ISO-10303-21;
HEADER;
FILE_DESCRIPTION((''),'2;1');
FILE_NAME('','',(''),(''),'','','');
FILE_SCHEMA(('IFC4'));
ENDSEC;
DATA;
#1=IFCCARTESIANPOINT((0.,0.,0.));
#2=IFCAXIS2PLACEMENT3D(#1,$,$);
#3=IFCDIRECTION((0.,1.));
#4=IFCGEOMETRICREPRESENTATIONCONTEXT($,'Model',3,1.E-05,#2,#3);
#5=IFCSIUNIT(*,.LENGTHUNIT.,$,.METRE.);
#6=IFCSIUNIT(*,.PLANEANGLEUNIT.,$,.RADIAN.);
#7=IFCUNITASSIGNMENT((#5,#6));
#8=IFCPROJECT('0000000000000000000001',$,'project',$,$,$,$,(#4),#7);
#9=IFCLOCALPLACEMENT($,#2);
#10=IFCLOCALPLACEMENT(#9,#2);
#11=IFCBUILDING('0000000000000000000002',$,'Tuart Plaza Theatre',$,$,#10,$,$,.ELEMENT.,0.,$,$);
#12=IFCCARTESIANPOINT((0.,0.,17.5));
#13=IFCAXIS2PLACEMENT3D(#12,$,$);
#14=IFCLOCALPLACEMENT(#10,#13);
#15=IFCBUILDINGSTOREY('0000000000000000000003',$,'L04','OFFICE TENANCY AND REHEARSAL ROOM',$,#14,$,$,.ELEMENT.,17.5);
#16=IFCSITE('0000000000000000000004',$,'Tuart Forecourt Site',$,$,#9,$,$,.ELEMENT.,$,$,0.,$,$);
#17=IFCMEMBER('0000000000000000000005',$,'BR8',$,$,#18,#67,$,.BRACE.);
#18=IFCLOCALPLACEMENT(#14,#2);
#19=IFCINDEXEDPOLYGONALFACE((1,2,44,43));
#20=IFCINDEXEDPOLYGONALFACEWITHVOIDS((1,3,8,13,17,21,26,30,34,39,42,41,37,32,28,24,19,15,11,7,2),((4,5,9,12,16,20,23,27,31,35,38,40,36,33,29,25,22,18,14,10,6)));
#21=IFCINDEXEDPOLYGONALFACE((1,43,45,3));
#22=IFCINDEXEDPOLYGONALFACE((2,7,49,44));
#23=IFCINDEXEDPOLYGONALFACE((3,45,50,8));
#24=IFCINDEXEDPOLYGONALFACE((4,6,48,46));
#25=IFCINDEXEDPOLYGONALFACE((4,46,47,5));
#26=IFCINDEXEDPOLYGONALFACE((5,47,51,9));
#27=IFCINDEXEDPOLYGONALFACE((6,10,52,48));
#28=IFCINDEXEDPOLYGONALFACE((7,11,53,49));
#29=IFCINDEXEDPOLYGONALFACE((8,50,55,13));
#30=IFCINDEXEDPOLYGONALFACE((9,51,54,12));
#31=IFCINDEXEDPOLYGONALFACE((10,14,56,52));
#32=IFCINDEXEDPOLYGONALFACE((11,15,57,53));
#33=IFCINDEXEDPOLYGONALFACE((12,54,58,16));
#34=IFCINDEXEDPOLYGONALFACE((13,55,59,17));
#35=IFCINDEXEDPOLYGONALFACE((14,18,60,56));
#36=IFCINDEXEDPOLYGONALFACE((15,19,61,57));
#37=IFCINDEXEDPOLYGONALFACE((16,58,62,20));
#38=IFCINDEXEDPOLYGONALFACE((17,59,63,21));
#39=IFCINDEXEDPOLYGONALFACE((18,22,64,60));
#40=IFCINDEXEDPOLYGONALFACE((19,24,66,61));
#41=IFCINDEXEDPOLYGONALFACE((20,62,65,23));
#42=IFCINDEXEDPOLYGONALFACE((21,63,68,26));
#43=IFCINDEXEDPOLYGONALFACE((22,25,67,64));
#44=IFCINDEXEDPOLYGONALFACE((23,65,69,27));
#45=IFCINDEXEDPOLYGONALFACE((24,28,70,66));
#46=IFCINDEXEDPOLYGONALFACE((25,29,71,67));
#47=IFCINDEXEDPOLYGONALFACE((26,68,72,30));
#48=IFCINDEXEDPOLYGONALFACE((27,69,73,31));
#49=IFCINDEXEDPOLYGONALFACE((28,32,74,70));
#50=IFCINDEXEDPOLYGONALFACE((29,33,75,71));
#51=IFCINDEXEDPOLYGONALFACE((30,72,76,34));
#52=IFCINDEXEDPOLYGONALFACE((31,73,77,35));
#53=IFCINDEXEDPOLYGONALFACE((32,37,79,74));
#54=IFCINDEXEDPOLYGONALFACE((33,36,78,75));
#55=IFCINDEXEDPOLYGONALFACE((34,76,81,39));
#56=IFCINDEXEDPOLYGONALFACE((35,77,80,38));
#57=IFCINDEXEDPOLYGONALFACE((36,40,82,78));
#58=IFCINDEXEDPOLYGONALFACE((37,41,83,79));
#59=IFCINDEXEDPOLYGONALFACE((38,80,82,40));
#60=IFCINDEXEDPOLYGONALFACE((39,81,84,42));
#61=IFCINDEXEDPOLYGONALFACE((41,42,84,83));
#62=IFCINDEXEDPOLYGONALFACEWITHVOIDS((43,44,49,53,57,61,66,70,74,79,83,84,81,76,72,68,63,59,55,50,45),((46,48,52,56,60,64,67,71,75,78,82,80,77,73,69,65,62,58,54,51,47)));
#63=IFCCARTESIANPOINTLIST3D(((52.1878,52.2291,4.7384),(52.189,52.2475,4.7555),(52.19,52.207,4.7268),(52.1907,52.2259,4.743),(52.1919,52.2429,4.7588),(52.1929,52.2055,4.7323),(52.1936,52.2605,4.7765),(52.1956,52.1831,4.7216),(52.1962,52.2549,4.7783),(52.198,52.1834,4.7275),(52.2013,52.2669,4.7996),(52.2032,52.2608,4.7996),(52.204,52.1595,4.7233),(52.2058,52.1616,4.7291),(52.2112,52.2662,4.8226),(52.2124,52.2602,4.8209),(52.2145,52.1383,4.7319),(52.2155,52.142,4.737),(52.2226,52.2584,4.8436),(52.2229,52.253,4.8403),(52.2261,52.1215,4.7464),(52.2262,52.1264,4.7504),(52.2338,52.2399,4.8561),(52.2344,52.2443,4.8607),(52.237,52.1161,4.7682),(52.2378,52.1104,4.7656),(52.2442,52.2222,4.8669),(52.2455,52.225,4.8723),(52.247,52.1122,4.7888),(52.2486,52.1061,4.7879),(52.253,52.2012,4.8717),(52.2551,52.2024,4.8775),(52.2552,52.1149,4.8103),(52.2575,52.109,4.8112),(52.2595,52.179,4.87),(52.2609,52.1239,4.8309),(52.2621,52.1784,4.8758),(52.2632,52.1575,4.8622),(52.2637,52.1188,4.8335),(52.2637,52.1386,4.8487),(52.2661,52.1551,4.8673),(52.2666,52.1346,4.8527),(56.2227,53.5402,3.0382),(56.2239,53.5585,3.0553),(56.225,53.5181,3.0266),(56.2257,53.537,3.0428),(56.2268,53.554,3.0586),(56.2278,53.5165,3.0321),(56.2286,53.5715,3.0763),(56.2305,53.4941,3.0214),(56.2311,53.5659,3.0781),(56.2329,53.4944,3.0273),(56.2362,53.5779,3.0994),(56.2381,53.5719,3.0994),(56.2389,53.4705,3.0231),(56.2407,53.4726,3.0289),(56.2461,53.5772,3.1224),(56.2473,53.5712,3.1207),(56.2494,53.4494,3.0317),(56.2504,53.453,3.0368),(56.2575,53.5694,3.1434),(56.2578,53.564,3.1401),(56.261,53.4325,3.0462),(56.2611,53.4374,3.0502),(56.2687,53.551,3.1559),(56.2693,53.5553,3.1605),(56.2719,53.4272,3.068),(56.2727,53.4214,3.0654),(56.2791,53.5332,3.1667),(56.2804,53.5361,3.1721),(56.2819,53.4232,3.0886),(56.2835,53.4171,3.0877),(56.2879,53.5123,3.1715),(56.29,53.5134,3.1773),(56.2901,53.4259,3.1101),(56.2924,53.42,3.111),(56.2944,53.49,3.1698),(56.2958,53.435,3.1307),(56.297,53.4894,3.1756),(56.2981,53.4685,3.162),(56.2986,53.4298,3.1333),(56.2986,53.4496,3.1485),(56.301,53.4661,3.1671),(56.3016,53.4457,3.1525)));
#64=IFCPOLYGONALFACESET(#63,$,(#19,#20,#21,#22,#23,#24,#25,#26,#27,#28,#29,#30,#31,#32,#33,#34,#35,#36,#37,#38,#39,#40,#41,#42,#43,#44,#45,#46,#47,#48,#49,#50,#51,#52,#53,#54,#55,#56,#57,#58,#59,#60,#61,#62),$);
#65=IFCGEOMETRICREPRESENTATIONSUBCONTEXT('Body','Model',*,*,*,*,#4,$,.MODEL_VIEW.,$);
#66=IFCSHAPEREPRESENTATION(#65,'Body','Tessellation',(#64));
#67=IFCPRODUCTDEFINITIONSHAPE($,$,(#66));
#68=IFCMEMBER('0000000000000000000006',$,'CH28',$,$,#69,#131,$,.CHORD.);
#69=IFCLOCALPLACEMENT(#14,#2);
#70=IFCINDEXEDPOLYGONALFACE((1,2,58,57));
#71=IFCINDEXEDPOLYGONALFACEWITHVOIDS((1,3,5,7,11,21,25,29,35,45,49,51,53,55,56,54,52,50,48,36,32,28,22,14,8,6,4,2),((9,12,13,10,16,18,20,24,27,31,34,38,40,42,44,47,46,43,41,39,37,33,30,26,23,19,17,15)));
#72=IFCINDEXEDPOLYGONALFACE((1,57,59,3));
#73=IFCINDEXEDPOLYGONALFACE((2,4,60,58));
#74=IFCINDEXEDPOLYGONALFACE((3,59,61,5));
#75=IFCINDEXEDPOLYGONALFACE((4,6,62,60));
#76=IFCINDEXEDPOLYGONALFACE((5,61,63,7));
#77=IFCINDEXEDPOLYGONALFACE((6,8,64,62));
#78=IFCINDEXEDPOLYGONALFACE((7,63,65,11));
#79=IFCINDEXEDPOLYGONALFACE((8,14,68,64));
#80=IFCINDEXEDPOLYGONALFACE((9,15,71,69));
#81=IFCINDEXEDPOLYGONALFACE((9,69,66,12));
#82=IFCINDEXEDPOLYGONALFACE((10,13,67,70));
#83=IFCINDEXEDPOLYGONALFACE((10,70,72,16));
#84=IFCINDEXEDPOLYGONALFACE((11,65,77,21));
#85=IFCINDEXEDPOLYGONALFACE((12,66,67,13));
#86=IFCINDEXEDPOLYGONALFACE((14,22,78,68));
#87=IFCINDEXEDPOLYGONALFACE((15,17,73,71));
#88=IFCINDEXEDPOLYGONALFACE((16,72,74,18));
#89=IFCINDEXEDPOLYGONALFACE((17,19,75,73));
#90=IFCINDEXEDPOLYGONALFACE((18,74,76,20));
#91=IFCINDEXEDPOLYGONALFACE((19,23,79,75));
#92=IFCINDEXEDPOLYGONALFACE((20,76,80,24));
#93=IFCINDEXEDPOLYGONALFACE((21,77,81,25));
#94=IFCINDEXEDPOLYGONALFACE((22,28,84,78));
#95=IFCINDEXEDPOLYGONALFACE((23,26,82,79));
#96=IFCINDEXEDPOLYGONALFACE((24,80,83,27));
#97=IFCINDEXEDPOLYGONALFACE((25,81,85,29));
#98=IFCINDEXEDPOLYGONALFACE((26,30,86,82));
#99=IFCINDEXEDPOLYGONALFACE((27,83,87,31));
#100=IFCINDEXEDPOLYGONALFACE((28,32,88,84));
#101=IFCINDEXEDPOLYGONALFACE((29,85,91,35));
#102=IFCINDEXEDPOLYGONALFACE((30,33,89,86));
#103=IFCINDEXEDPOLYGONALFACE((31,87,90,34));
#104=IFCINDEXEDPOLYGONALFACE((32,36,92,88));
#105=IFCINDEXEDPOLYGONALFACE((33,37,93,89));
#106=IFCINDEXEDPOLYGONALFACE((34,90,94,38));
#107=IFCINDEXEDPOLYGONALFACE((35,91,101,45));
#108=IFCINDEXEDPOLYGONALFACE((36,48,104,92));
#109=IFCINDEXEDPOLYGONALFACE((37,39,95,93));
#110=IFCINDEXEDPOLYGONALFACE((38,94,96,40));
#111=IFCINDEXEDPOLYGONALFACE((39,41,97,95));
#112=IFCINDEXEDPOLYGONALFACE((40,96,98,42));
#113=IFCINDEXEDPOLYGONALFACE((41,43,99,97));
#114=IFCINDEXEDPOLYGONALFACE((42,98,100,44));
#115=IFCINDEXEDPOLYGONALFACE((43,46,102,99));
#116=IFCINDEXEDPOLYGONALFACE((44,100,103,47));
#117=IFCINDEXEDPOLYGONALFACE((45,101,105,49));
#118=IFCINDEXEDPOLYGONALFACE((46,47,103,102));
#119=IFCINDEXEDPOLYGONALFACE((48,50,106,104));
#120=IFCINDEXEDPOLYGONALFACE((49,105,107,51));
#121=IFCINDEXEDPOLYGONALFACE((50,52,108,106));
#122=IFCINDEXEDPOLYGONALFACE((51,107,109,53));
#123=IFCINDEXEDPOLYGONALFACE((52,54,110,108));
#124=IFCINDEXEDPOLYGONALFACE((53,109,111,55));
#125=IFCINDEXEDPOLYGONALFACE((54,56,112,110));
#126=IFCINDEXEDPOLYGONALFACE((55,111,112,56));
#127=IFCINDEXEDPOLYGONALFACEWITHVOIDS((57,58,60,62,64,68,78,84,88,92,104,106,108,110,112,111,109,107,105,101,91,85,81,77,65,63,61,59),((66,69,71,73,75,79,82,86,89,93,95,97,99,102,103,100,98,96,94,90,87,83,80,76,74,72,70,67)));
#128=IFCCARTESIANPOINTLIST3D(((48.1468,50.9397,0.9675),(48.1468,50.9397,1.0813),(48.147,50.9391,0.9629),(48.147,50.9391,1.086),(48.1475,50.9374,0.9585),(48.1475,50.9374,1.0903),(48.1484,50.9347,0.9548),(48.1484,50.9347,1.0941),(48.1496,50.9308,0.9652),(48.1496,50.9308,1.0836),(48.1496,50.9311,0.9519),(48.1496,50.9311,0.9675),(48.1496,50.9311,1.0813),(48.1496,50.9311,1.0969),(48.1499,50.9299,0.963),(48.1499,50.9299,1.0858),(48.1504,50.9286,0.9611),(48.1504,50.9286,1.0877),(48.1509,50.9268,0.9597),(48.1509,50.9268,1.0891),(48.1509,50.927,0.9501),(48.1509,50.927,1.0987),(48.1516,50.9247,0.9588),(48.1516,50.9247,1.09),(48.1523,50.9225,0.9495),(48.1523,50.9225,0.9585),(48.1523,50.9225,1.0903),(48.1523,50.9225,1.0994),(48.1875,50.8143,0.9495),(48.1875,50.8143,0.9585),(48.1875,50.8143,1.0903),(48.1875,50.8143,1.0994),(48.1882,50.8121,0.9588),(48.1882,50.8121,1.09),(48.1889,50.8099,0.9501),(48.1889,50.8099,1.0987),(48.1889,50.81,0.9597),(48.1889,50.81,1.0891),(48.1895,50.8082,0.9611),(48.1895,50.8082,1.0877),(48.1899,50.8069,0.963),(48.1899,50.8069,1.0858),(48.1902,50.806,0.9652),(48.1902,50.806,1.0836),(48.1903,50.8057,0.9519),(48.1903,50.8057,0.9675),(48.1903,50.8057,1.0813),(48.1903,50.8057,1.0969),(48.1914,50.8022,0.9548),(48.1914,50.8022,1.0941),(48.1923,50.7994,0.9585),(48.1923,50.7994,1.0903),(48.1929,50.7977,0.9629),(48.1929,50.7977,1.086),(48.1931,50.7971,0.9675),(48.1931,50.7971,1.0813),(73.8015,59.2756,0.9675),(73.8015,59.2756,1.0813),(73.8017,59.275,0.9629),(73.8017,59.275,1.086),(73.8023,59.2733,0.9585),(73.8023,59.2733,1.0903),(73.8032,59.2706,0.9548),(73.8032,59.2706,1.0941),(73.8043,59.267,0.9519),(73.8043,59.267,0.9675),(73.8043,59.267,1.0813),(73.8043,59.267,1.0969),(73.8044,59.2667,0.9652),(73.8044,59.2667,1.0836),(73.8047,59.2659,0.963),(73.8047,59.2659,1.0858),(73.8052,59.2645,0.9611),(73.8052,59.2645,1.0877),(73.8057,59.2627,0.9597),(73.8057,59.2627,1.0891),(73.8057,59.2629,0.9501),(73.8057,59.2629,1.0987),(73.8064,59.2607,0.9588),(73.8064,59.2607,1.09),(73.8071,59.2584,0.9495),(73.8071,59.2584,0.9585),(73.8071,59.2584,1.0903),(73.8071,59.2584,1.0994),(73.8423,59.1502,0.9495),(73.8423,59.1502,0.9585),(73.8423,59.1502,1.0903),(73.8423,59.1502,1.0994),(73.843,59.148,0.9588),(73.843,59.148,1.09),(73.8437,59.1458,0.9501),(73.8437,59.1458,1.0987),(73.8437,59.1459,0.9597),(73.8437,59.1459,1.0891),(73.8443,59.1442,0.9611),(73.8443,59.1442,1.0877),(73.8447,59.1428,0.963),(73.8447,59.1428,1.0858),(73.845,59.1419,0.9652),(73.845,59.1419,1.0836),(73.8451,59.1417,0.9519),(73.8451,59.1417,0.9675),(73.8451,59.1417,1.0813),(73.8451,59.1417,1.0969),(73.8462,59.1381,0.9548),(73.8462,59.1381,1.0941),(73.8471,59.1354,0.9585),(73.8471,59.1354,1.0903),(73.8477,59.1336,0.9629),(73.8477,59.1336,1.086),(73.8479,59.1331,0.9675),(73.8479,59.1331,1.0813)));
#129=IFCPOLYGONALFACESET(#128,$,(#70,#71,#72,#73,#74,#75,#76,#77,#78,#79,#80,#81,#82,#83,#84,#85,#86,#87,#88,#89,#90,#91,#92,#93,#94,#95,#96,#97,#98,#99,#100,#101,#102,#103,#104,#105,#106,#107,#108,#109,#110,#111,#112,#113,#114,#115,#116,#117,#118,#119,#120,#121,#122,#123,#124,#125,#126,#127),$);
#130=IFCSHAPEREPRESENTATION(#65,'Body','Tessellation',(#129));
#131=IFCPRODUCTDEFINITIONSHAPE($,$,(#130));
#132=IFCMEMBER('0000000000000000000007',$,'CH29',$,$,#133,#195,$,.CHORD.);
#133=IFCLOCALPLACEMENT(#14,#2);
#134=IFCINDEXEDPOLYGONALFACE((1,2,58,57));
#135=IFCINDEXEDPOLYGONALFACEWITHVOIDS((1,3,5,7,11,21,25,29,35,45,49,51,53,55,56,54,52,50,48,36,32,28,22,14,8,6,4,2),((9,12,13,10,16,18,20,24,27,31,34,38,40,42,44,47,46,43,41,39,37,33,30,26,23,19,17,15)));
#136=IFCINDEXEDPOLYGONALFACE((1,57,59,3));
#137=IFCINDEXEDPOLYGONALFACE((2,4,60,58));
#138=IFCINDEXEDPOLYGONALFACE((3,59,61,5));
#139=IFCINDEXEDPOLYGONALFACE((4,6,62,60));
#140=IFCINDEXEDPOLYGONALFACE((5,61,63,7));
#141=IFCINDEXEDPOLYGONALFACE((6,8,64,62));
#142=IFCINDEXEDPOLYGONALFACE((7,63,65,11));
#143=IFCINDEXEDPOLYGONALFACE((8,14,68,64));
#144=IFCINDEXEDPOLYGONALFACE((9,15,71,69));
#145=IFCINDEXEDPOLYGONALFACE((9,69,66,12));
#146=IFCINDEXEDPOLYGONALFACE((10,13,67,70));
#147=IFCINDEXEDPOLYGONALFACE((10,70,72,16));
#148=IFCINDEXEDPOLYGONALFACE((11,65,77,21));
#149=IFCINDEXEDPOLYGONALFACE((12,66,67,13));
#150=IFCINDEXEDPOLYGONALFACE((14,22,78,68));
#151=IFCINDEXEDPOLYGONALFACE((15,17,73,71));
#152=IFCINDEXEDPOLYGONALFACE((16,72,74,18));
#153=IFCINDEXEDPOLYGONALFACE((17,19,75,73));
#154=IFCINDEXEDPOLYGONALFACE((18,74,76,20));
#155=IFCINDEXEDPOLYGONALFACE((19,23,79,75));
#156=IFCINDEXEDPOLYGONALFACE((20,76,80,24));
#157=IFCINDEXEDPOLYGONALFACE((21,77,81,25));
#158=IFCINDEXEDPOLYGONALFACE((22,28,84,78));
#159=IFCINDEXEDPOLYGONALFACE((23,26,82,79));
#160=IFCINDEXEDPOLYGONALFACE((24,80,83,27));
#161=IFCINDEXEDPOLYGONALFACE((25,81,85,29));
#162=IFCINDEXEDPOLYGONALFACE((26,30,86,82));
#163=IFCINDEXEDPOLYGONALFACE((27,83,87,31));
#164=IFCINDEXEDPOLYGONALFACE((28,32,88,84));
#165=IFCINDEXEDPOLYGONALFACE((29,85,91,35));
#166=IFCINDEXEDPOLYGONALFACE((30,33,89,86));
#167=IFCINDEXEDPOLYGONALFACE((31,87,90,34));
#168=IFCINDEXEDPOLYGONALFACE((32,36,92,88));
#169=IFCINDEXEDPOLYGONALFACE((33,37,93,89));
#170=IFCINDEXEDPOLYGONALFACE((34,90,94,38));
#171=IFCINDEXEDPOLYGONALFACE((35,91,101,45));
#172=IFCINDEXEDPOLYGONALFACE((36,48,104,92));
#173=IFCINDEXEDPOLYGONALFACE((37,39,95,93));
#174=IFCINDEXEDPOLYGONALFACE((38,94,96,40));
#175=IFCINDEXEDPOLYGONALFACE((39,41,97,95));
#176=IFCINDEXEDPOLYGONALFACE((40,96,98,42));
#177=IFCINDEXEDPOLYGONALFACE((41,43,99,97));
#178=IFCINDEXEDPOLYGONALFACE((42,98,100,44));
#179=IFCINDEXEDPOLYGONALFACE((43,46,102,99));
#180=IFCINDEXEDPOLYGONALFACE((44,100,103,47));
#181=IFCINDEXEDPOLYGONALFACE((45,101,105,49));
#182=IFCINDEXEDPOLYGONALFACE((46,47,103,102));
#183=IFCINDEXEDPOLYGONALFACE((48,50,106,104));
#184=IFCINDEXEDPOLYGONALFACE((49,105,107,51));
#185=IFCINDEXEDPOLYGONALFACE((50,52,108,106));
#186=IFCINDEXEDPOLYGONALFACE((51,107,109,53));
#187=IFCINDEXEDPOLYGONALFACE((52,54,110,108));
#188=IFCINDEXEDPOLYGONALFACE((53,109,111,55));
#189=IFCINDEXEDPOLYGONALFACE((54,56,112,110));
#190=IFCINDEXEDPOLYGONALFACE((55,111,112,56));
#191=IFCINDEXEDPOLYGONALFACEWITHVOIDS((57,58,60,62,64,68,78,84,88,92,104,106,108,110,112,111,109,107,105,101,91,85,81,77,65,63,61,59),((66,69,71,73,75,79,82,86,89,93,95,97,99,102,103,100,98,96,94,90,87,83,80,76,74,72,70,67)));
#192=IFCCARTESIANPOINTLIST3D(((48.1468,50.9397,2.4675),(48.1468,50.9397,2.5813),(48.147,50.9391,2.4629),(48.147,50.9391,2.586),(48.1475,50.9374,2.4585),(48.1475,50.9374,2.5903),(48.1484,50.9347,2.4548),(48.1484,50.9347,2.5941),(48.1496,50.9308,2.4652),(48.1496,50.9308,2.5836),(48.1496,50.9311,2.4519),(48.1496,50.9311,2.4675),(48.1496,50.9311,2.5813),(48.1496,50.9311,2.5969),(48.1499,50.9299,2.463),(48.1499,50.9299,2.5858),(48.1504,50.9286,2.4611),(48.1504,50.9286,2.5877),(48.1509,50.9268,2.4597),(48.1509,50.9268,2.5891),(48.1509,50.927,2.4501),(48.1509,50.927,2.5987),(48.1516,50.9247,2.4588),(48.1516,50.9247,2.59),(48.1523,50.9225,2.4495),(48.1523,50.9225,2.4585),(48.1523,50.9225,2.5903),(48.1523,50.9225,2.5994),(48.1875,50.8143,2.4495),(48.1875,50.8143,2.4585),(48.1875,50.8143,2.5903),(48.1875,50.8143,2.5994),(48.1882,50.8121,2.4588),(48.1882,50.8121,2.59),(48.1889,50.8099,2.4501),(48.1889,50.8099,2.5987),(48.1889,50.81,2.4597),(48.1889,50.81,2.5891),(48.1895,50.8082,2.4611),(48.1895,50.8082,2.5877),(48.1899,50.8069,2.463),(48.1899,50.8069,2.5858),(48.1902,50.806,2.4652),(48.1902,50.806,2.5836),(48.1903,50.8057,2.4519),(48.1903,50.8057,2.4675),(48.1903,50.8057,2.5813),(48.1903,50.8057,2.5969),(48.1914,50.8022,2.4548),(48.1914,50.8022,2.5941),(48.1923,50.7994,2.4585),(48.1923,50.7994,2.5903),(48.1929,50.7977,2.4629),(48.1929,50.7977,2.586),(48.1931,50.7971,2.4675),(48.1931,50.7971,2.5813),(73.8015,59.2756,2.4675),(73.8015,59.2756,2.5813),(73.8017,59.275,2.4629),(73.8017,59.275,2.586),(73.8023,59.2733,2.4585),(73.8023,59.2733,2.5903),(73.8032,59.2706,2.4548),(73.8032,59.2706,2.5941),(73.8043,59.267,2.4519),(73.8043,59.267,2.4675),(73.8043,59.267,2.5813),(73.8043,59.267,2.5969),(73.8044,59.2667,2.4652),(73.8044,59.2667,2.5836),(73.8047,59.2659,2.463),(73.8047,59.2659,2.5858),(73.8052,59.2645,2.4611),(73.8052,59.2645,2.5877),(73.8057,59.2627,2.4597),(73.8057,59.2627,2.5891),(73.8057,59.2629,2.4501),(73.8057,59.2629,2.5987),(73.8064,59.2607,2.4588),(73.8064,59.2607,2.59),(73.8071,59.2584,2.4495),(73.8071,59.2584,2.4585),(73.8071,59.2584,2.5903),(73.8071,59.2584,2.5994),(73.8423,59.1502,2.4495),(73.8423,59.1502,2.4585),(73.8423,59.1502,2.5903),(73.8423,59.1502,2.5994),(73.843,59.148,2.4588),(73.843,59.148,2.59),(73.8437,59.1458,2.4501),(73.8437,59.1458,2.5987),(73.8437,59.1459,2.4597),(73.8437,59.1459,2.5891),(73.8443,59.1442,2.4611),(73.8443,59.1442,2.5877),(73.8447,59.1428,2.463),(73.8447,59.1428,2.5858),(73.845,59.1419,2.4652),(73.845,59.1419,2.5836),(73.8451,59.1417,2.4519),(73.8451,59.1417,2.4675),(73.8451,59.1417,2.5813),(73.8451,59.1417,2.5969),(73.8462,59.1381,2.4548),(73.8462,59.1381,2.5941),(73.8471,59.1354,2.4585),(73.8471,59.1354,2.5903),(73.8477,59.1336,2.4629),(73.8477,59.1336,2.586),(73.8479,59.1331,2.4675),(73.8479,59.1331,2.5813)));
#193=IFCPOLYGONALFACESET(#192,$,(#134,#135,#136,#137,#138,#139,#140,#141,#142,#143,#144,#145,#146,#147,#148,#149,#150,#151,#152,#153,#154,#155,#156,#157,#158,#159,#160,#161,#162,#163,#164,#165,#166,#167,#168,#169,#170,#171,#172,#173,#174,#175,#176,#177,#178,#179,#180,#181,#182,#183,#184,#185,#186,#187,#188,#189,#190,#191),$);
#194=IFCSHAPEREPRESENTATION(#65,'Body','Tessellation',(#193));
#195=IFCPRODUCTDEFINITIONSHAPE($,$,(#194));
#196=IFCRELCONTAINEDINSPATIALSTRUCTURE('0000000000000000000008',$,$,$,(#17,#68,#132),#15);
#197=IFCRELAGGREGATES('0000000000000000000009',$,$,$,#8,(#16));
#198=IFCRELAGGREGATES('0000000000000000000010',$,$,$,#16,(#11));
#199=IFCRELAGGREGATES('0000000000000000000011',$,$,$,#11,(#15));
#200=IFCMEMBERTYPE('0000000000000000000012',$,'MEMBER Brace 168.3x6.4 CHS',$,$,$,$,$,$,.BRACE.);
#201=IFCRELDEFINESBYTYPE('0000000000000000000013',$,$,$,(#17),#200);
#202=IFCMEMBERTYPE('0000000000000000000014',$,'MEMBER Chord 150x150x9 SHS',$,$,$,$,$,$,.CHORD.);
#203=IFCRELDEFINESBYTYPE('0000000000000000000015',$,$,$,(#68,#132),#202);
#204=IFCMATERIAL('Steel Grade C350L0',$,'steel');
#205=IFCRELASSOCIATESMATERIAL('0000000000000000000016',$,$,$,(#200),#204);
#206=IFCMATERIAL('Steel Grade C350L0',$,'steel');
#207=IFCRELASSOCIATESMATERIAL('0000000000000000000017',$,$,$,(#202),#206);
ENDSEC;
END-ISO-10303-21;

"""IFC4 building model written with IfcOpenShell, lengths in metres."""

from ifc_helpers import new_model, si_unit, direction, frame, origin, origin_2d, place, context, subcontext, project, spatial, hollow_rectangle, hollow_circle, extrude, material, material_profile, profile_set, type_object, element, save


model = new_model("IFC4")

# Units and contexts
model_context = context("Model", 3, precision=1e-05, world=origin(), true_north=direction((0.0, 1.0)))
body_context = subcontext(model_context, "Body", "Model", "MODEL_VIEW")
ifc_project = project(units=[si_unit("LENGTHUNIT", "METRE"), si_unit("PLANEANGLEUNIT", "RADIAN")], contexts=[model_context])

# Site, building, storey
site_placement = place(None, origin())
site = spatial("IfcSite", under=ifc_project, at=site_placement, Name="Tuart Forecourt Site", CompositionType="ELEMENT", RefElevation=0.0)
building_placement = place(site_placement, origin())
building = spatial("IfcBuilding", under=site, at=building_placement, Name="Tuart Plaza Theatre", CompositionType="ELEMENT", ElevationOfRefHeight=0.0)
storey_placement = place(building_placement, frame((0.0, 0.0, 17.5)))
storey = spatial("IfcBuildingStorey", under=building, at=storey_placement, Name="L04", Description="OFFICE TENANCY AND REHEARSAL ROOM", CompositionType="ELEMENT", Elevation=17.5)

# Members
ifc_material_1 = material(Name="Steel Grade C350L0", Category="steel")
ifc_material_profile_1 = material_profile(ifc_material_1, hollow_circle(Radius=0.0842, WallThickness=0.0063, at=origin_2d()), Name="168.3x6.4 CHS")
ifc_profile_set_1 = profile_set([ifc_material_profile_1], Name="Steel Grade C350L0")
member_type_1 = type_object("IfcMemberType", Name="MEMBER Brace 168.3x6.4 CHS", PredefinedType="BRACE", material=ifc_profile_set_1)
for number, where, z_axis, x_axis, name in (
    (1, (52.2273, 52.1868, 4.7996), (0.882805, 0.286844, -0.371989), (-0.30902, 0.951056, 0.0), "BR8"),
):
    element("IfcMember", number, at=place(storey_placement, frame(where, z_axis=z_axis, x_axis=x_axis)), inside=storey, type_object=member_type_1, Name=name, PredefinedType="BRACE", context=body_context, shape_type="SweptSolid", body=[
        extrude(hollow_circle(Radius=0.0842, WallThickness=0.0063, at=origin_2d()), origin(), (0.0, 0.0, 1.0), 4.5706),
    ])
ifc_material_2 = material(Name="Steel Grade C350L0", Category="steel")
ifc_material_profile_2 = material_profile(ifc_material_2, hollow_rectangle(XDim=0.1499, YDim=0.1499, WallThickness=0.009, InnerFilletRadius=0.009, OuterFilletRadius=0.0181, at=origin_2d()), Name="150x150x9 SHS")
ifc_profile_set_2 = profile_set([ifc_material_profile_2], Name="Steel Grade C350L0")
member_type_2 = type_object("IfcMemberType", Name="MEMBER Chord 150x150x9 SHS", PredefinedType="CHORD", material=ifc_profile_set_2)
for number, where, z_axis, x_axis, name in (
    (2, (48.1699, 50.8684, 1.0244), (0.951054, 0.309023, 0.0), (-0.309023, 0.951054, 0.0), "CH28"),
    (3, (48.1699, 50.8684, 2.5244), (0.951054, 0.309023, 0.0), (-0.309023, 0.951054, 0.0), "CH29"),
):
    element("IfcMember", number, at=place(storey_placement, frame(where, z_axis=z_axis, x_axis=x_axis)), inside=storey, type_object=member_type_2, Name=name, PredefinedType="CHORD", context=body_context, shape_type="SweptSolid", body=[
        extrude(hollow_rectangle(XDim=0.1499, YDim=0.1499, WallThickness=0.009, InnerFilletRadius=0.009, OuterFilletRadius=0.0181, at=origin_2d()), origin(), (0.0, 0.0, 1.0), 26.9751),
    ])

save(model, "model.ifc")
